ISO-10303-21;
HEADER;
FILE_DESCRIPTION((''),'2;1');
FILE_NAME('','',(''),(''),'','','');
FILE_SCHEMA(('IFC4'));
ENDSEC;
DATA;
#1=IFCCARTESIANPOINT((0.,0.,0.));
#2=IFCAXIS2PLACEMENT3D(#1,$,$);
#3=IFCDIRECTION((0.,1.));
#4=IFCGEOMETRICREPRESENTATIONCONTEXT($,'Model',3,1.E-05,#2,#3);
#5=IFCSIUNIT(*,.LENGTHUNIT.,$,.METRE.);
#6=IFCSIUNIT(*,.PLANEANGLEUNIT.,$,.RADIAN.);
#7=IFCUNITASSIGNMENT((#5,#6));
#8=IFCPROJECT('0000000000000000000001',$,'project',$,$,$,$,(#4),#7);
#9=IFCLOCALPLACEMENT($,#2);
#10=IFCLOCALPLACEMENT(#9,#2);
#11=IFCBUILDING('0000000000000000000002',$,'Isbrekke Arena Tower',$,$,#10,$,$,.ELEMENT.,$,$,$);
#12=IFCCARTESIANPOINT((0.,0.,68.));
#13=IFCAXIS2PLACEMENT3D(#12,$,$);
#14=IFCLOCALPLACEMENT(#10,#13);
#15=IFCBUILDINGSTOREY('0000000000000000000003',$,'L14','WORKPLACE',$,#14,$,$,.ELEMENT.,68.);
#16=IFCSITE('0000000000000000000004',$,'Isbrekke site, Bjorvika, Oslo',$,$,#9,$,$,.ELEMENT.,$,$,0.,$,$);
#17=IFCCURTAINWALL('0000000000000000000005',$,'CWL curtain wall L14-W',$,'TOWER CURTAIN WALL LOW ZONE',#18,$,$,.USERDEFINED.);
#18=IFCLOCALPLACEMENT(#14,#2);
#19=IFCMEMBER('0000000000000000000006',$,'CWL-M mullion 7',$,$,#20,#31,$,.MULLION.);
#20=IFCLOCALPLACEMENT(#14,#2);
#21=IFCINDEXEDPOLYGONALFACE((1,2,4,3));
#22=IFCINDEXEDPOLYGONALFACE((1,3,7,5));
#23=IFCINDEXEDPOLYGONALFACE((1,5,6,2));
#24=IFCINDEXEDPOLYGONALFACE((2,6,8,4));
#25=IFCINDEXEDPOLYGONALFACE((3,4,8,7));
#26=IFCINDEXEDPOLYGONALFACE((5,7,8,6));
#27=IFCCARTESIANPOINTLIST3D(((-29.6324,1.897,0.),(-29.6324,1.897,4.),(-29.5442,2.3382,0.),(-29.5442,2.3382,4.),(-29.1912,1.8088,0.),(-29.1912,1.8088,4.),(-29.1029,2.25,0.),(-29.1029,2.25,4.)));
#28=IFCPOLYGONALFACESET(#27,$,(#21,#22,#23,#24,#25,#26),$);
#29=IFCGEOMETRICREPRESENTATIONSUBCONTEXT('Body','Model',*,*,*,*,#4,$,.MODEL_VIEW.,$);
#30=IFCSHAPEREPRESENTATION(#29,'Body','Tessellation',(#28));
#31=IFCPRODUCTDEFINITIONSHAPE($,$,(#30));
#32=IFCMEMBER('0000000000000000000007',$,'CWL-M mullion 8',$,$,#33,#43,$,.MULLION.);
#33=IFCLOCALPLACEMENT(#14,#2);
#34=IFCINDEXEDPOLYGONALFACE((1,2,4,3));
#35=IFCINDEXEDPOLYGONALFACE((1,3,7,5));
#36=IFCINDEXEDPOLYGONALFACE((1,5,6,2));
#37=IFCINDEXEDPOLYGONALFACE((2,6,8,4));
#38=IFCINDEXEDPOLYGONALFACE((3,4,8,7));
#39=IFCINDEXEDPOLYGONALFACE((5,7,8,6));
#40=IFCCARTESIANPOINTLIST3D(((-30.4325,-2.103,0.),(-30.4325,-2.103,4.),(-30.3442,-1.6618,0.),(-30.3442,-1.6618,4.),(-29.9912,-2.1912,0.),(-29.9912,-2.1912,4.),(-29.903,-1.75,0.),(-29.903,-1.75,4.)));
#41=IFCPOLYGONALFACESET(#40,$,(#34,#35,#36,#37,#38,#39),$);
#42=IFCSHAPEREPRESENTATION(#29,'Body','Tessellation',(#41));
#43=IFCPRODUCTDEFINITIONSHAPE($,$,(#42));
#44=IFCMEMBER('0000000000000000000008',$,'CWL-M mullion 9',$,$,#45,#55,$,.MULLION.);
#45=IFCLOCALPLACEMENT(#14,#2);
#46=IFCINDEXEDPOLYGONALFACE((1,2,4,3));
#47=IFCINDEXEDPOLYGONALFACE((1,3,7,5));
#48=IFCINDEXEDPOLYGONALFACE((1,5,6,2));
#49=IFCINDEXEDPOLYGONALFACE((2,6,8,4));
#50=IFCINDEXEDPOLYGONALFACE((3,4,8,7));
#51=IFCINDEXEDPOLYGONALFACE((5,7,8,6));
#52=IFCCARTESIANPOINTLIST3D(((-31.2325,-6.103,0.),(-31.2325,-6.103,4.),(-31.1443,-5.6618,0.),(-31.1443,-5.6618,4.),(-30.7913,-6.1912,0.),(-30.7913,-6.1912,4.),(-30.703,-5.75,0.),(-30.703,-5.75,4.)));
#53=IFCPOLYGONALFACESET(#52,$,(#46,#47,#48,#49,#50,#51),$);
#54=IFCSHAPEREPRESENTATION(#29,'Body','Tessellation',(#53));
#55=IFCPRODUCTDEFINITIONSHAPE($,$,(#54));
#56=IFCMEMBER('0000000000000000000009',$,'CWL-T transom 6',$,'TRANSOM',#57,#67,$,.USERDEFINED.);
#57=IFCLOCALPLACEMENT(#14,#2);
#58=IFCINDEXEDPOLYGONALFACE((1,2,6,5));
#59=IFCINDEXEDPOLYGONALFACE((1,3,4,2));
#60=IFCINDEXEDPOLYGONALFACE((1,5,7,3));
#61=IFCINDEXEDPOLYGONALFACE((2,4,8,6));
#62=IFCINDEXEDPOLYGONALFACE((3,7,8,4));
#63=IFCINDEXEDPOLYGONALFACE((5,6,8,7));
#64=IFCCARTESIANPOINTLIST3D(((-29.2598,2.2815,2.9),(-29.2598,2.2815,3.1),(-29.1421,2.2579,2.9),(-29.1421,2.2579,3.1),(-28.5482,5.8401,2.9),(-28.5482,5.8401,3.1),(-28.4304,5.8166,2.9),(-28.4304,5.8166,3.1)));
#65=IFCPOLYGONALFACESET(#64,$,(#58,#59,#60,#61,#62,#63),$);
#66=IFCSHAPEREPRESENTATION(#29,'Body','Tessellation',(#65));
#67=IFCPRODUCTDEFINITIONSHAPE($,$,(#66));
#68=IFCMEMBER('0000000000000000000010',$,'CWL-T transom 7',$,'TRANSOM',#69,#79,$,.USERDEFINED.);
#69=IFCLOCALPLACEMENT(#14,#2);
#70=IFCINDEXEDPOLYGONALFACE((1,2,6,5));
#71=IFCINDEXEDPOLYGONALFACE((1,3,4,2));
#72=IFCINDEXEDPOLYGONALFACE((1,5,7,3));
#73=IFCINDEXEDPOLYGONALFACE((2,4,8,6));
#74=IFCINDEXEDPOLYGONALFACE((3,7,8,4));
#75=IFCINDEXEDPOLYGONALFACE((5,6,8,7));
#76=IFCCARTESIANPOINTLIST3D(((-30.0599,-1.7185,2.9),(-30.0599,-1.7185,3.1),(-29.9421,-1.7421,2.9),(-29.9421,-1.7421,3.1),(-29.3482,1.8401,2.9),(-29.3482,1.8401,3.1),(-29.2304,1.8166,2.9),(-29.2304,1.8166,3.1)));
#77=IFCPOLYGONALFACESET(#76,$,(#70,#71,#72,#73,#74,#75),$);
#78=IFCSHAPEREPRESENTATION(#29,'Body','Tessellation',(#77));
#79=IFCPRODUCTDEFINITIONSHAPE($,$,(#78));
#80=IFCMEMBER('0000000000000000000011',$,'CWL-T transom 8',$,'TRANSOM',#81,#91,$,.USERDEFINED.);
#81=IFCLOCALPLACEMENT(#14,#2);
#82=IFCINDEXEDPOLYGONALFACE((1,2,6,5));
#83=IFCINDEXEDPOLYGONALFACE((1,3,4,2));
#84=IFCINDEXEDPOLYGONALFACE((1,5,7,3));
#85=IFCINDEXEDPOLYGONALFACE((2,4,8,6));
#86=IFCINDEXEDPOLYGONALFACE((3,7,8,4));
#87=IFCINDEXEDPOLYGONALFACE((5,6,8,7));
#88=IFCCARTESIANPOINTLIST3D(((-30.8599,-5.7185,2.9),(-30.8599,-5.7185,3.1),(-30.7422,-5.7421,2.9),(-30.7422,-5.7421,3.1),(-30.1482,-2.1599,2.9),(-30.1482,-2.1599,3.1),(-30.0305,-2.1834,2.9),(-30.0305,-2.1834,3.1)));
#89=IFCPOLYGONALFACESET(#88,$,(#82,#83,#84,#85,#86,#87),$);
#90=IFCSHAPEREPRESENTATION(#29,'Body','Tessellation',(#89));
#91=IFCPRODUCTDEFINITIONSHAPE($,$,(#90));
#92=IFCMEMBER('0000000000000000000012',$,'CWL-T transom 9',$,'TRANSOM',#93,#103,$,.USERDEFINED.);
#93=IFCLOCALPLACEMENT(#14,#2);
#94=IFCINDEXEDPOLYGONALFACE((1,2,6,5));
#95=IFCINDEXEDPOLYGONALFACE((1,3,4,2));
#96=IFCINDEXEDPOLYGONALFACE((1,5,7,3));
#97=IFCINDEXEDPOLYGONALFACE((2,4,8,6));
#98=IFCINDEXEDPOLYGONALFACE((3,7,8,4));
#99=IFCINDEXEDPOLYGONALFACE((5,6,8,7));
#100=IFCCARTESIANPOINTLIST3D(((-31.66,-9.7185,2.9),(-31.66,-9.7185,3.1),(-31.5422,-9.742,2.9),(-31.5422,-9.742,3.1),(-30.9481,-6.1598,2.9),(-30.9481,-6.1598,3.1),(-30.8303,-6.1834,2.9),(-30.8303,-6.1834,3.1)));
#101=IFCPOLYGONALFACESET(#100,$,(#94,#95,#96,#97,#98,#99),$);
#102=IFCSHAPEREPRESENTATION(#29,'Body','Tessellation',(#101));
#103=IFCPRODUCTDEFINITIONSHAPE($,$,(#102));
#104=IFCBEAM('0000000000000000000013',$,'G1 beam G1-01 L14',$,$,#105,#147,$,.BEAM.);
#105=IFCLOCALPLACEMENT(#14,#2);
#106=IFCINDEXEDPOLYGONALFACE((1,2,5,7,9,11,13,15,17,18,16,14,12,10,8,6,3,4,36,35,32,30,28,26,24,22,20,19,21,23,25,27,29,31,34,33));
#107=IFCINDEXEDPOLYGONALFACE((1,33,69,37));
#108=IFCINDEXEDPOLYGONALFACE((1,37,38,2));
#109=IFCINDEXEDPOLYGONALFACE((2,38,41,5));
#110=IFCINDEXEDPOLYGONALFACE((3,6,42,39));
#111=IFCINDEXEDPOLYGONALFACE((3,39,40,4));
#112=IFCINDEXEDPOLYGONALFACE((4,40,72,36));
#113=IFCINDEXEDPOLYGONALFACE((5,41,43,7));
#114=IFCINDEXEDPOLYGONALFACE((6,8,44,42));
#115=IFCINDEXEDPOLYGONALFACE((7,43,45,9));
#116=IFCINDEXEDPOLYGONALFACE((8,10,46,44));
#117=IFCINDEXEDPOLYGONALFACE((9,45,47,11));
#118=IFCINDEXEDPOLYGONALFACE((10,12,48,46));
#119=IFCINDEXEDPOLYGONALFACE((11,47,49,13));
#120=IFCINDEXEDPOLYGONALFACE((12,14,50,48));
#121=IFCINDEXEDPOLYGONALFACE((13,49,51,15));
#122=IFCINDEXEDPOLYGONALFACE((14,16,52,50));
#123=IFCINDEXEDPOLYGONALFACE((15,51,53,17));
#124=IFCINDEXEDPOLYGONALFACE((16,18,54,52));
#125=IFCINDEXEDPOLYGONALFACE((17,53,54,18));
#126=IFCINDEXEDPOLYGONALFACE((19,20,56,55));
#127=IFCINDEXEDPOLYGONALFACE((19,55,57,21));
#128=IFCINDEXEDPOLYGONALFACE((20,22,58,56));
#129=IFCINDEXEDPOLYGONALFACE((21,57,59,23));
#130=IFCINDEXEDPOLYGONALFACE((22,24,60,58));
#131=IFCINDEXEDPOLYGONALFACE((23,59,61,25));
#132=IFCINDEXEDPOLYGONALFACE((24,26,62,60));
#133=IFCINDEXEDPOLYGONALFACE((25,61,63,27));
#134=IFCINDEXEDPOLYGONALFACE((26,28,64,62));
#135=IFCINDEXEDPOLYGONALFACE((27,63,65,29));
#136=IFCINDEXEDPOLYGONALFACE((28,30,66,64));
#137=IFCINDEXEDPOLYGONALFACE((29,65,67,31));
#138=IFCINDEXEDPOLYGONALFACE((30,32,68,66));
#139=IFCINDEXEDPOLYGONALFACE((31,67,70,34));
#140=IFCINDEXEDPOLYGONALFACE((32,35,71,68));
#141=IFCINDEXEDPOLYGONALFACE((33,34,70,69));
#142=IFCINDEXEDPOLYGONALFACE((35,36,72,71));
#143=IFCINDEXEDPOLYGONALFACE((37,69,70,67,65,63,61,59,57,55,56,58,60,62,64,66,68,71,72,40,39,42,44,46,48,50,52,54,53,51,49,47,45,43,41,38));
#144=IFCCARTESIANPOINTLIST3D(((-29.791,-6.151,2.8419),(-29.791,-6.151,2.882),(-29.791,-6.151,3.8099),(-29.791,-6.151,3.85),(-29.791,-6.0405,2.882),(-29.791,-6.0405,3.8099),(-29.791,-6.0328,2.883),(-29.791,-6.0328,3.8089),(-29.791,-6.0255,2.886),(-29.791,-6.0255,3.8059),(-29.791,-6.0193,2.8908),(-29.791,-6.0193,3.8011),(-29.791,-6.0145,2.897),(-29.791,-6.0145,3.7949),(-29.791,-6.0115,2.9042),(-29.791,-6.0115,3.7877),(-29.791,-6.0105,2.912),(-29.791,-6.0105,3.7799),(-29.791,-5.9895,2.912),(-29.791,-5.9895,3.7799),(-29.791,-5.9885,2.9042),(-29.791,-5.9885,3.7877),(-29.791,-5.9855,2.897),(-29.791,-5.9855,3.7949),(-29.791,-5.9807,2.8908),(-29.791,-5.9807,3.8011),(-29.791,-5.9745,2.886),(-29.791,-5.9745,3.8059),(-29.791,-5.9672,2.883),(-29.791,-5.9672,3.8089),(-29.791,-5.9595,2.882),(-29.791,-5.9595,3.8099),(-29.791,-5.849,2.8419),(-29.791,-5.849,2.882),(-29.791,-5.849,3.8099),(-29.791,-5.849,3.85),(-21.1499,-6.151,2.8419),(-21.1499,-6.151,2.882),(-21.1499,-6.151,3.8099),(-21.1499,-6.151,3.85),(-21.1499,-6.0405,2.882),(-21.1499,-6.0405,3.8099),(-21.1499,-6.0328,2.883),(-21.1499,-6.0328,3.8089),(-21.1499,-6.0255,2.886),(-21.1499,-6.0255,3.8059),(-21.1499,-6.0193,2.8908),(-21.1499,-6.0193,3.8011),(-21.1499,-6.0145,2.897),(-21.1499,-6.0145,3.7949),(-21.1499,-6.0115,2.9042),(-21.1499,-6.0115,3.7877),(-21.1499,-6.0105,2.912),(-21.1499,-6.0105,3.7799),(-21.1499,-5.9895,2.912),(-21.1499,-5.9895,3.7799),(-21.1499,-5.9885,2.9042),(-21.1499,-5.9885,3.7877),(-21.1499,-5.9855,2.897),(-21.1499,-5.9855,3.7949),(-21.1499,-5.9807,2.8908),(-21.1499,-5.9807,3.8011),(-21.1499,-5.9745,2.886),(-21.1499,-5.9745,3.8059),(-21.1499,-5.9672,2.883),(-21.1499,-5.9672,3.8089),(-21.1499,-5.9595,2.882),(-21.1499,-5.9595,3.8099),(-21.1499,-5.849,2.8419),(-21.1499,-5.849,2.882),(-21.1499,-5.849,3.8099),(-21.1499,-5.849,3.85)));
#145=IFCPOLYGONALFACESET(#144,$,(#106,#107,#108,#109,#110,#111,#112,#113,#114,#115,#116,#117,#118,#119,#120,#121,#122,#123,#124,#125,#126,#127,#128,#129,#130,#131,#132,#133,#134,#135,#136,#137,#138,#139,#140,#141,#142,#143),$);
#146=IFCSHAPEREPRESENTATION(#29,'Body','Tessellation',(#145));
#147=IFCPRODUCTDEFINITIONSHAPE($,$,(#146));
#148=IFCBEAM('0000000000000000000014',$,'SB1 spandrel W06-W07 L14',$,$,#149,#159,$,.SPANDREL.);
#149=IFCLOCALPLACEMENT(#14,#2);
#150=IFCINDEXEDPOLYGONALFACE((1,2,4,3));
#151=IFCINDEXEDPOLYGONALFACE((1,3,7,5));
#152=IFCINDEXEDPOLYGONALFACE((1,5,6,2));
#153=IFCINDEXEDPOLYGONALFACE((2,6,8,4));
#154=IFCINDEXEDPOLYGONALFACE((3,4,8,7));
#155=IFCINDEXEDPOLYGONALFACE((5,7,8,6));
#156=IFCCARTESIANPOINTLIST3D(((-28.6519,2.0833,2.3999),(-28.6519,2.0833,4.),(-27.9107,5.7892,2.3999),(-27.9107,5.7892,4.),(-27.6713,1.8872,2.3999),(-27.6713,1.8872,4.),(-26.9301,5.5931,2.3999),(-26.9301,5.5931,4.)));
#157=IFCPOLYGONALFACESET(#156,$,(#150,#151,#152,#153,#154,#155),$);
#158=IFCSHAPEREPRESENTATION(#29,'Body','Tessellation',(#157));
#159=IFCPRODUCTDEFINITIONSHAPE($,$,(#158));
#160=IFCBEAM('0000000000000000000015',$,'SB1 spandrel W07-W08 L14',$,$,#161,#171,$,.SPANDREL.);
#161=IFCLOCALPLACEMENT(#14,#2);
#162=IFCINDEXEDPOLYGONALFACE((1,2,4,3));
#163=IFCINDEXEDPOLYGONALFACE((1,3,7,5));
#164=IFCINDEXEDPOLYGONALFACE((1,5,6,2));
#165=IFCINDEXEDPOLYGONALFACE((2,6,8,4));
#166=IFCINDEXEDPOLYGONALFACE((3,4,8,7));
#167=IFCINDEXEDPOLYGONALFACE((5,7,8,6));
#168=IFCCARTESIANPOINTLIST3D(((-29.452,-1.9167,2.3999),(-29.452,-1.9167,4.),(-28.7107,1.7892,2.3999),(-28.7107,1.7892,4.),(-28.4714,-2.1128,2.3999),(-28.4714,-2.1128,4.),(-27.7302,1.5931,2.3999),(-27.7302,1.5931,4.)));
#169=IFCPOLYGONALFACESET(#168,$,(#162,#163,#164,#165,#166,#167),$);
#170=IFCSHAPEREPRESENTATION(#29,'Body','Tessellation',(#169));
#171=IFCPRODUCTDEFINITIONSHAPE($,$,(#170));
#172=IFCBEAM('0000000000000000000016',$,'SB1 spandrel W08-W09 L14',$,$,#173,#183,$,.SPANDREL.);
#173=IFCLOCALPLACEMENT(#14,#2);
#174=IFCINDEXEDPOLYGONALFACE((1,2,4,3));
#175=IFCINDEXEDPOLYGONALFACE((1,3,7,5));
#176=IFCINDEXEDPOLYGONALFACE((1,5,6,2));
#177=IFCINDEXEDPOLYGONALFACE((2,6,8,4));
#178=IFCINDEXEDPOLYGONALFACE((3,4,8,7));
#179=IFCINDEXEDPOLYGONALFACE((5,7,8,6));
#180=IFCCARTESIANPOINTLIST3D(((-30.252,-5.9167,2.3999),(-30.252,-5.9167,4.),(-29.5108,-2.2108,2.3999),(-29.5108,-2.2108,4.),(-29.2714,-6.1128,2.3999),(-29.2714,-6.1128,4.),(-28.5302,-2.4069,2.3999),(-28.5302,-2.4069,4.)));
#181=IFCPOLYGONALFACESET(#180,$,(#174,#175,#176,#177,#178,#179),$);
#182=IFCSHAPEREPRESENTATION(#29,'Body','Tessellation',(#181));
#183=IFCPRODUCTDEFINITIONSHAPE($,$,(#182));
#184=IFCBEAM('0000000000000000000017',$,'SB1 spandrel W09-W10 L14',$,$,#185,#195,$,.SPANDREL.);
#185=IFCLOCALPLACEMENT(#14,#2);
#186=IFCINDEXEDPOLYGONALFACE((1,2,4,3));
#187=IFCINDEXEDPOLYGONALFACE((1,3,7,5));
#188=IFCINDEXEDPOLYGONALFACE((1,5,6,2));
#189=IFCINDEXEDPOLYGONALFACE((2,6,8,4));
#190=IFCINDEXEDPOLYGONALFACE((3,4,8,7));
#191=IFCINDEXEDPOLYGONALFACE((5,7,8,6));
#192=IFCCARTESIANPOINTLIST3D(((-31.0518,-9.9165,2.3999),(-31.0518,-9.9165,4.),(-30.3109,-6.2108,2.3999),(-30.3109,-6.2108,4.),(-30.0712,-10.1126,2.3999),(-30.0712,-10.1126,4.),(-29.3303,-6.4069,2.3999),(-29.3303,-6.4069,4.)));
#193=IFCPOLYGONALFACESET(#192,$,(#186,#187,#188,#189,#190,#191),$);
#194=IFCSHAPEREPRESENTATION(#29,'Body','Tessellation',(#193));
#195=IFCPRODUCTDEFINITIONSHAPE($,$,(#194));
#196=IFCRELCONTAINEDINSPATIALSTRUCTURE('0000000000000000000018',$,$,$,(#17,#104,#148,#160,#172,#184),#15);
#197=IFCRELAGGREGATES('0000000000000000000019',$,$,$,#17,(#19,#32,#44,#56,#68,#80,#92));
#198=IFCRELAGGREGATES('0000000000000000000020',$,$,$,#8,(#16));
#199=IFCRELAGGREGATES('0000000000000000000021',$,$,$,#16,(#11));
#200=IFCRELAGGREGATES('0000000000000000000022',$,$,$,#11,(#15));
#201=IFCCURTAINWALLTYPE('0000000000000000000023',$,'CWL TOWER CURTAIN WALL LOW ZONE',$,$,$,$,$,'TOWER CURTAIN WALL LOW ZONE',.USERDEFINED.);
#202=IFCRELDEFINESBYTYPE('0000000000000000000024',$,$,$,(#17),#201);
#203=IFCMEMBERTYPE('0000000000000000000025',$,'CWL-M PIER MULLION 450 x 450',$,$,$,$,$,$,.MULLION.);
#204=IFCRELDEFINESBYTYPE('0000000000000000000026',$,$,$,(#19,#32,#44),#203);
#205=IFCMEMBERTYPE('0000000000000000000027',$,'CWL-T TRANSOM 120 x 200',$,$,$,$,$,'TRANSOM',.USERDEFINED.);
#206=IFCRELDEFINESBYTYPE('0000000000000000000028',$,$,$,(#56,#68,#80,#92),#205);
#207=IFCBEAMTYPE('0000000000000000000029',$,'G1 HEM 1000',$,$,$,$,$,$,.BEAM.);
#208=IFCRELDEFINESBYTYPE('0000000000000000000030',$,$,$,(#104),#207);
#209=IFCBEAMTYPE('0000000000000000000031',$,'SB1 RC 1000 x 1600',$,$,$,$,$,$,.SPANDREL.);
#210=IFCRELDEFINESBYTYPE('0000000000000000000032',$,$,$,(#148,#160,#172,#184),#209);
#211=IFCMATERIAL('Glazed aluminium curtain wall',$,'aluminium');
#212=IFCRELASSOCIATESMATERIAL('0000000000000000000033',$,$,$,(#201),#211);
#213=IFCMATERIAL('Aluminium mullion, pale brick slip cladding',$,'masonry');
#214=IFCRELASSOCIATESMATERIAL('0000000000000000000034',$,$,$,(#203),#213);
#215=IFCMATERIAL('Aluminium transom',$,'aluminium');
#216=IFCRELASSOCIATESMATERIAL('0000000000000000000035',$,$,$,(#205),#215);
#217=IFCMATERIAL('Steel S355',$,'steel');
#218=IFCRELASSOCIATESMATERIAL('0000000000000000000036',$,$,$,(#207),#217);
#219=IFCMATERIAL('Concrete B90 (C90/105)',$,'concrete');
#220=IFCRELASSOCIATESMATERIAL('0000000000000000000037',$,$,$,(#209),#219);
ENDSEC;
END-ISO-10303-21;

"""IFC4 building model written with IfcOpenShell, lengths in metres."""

from ifc_helpers import new_model, si_unit, direction, frame, origin, origin_2d, place, context, subcontext, project, spatial, rectangle, i_section, extrude, material, material_profile, profile_set, type_object, element, aggregate, save


model = new_model("IFC4")

# Units and contexts
model_context = context("Model", 3, precision=1e-05, world=origin(), true_north=direction((0.0, 1.0)))
body_context = subcontext(model_context, "Body", "Model", "MODEL_VIEW")
ifc_project = project(units=[si_unit("LENGTHUNIT", "METRE"), si_unit("PLANEANGLEUNIT", "RADIAN")], contexts=[model_context])

# Site, building, storey
site_placement = place(None, origin())
site = spatial("IfcSite", under=ifc_project, at=site_placement, Name="Isbrekke site, Bjorvika, Oslo", CompositionType="ELEMENT", RefElevation=0.0)
building_placement = place(site_placement, origin())
building = spatial("IfcBuilding", under=site, at=building_placement, Name="Isbrekke Arena Tower", CompositionType="ELEMENT")
storey_placement = place(building_placement, frame((0.0, 0.0, 68.0)))
storey = spatial("IfcBuildingStorey", under=building, at=storey_placement, Name="L14", Description="WORKPLACE", CompositionType="ELEMENT", Elevation=68.0)

# Curtain wall, members
ifc_material_1 = material(Name="Glazed aluminium curtain wall", Category="aluminium")
curtain_wall_type = type_object("IfcCurtainWallType", Name="CWL TOWER CURTAIN WALL LOW ZONE", ElementType="TOWER CURTAIN WALL LOW ZONE", PredefinedType="USERDEFINED", material=ifc_material_1)
curtain_wall_placement = place(storey_placement, origin())
curtain_wall = element("IfcCurtainWall", 1, at=curtain_wall_placement, inside=storey, type_object=curtain_wall_type, Name="CWL curtain wall L14-W", ObjectType="TOWER CURTAIN WALL LOW ZONE", PredefinedType="USERDEFINED")
ifc_material_2 = material(Name="Aluminium mullion, pale brick slip cladding", Category="masonry")
ifc_material_profile_1 = material_profile(ifc_material_2, rectangle(XDim=0.45, YDim=0.45, at=origin_2d()), Name="PIER 450X450")
ifc_profile_set_1 = profile_set([ifc_material_profile_1], Name="Aluminium mullion, pale brick slip cladding")
member_type_1 = type_object("IfcMemberType", Name="CWL-M PIER MULLION 450 x 450", PredefinedType="MULLION", material=ifc_profile_set_1)
member_1_placement = place(storey_placement, frame((-29.3677, 2.0735, 0.0), z_axis=(0.0, 0.0, 1.0), x_axis=(-0.196116, -0.980581, 0.0)))
member_1 = element("IfcMember", 2, at=member_1_placement, type_object=member_type_1, Name="CWL-M mullion 7", PredefinedType="MULLION", context=body_context, shape_type="SweptSolid", body=[
    extrude(rectangle(XDim=0.45, YDim=0.45, at=origin_2d()), origin(), (0.0, 0.0, 1.0), 4.0),
])
member_2_placement = place(storey_placement, frame((-30.1677, -1.9265, 0.0), z_axis=(0.0, 0.0, 1.0), x_axis=(-0.196116, -0.980581, 0.0)))
member_2 = element("IfcMember", 3, at=member_2_placement, type_object=member_type_1, Name="CWL-M mullion 8", PredefinedType="MULLION", context=body_context, shape_type="SweptSolid", body=[
    extrude(rectangle(XDim=0.45, YDim=0.45, at=origin_2d()), origin(), (0.0, 0.0, 1.0), 4.0),
])
member_3_placement = place(storey_placement, frame((-30.9678, -5.9265, 0.0), z_axis=(0.0, 0.0, 1.0), x_axis=(-0.196116, -0.980581, 0.0)))
member_3 = element("IfcMember", 4, at=member_3_placement, type_object=member_type_1, Name="CWL-M mullion 9", PredefinedType="MULLION", context=body_context, shape_type="SweptSolid", body=[
    extrude(rectangle(XDim=0.45, YDim=0.45, at=origin_2d()), origin(), (0.0, 0.0, 1.0), 4.0),
])
ifc_material_3 = material(Name="Aluminium transom", Category="aluminium")
ifc_material_profile_2 = material_profile(ifc_material_3, rectangle(XDim=0.1201, YDim=0.2, at=origin_2d()), Name="TRANSOM 120X200")
ifc_profile_set_2 = profile_set([ifc_material_profile_2], Name="Aluminium transom")
member_type_2 = type_object("IfcMemberType", Name="CWL-T TRANSOM 120 x 200", ElementType="TRANSOM", PredefinedType="USERDEFINED", material=ifc_profile_set_2)
member_4_placement = place(storey_placement, frame((-28.4893, 5.8284, 3.0), z_axis=(-0.196103, -0.980583, 0.0), x_axis=(0.980583, -0.196103, 0.0)))
member_4 = element("IfcMember", 5, at=member_4_placement, type_object=member_type_2, Name="CWL-T transom 6", ObjectType="TRANSOM", PredefinedType="USERDEFINED", context=body_context, shape_type="SweptSolid", body=[
    extrude(rectangle(XDim=0.1201, YDim=0.2, at=origin_2d()), origin(), (0.0, 0.0, 1.0), 3.6292),
])
member_5_placement = place(storey_placement, frame((-29.2893, 1.8284, 3.0), z_axis=(-0.196103, -0.980583, 0.0), x_axis=(0.980583, -0.196103, 0.0)))
member_5 = element("IfcMember", 6, at=member_5_placement, type_object=member_type_2, Name="CWL-T transom 7", ObjectType="TRANSOM", PredefinedType="USERDEFINED", context=body_context, shape_type="SweptSolid", body=[
    extrude(rectangle(XDim=0.1201, YDim=0.2, at=origin_2d()), origin(), (0.0, 0.0, 1.0), 3.6292),
])
member_6_placement = place(storey_placement, frame((-30.0894, -2.1716, 3.0), z_axis=(-0.196103, -0.980583, 0.0), x_axis=(0.980583, -0.196103, 0.0)))
member_6 = element("IfcMember", 7, at=member_6_placement, type_object=member_type_2, Name="CWL-T transom 8", ObjectType="TRANSOM", PredefinedType="USERDEFINED", context=body_context, shape_type="SweptSolid", body=[
    extrude(rectangle(XDim=0.1201, YDim=0.2, at=origin_2d()), origin(), (0.0, 0.0, 1.0), 3.6292),
])
member_7_placement = place(storey_placement, frame((-30.8892, -6.1716, 3.0), z_axis=(-0.196168, -0.98057, 0.0), x_axis=(0.98057, -0.196168, 0.0)))
member_7 = element("IfcMember", 8, at=member_7_placement, type_object=member_type_2, Name="CWL-T transom 9", ObjectType="TRANSOM", PredefinedType="USERDEFINED", context=body_context, shape_type="SweptSolid", body=[
    extrude(rectangle(XDim=0.1201, YDim=0.2, at=origin_2d()), origin(), (0.0, 0.0, 1.0), 3.6292),
])

# Beams
ifc_material_4 = material(Name="Steel S355", Category="steel")
ifc_material_profile_3 = material_profile(ifc_material_4, i_section(OverallWidth=0.302, OverallDepth=1.0081, WebThickness=0.021, FlangeThickness=0.04, FilletRadius=0.03, at=origin_2d()), Name="HEM 1000")
ifc_profile_set_3 = profile_set([ifc_material_profile_3], Name="Steel S355")
beam_type_1 = type_object("IfcBeamType", Name="G1 HEM 1000", PredefinedType="BEAM", material=ifc_profile_set_3)
beam_1_placement = place(storey_placement, frame((-29.791, -6.0, 3.3459), z_axis=(1.0, 0.0, 0.0), x_axis=(0.0, 1.0, 0.0)))
element("IfcBeam", 9, at=beam_1_placement, inside=storey, type_object=beam_type_1, Name="G1 beam G1-01 L14", PredefinedType="BEAM", context=body_context, shape_type="SweptSolid", body=[
    extrude(i_section(OverallWidth=0.302, OverallDepth=1.0081, WebThickness=0.021, FlangeThickness=0.04, FilletRadius=0.03, at=origin_2d()), origin(), (0.0, 0.0, 1.0), 8.6411),
])
ifc_material_5 = material(Name="Concrete B90 (C90/105)", Category="concrete")
ifc_material_profile_4 = material_profile(ifc_material_5, rectangle(XDim=1.0, YDim=1.6001, at=origin_2d()), Name="RC 1000x1600")
ifc_profile_set_4 = profile_set([ifc_material_profile_4], Name="Concrete B90 (C90/105)")
beam_type_2 = type_object("IfcBeamType", Name="SB1 RC 1000 x 1600", PredefinedType="SPANDREL", material=ifc_profile_set_4)
for number, where, z_axis, x_axis, name in (
    (10, (-27.4204, 5.6912, 3.2), (-0.196129, -0.980578, 0.0), (0.980578, -0.196129, 0.0), "SB1 spandrel W06-W07 L14"),
    (11, (-28.2205, 1.6912, 3.2), (-0.196129, -0.980578, 0.0), (0.980578, -0.196129, 0.0), "SB1 spandrel W07-W08 L14"),
    (12, (-29.0205, -2.3088, 3.2), (-0.196129, -0.980578, 0.0), (0.980578, -0.196129, 0.0), "SB1 spandrel W08-W09 L14"),
):
    element("IfcBeam", number, at=place(storey_placement, frame(where, z_axis=z_axis, x_axis=x_axis)), inside=storey, type_object=beam_type_2, Name=name, PredefinedType="SPANDREL", context=body_context, shape_type="SweptSolid", body=[
        extrude(rectangle(XDim=1.0, YDim=1.6001, at=origin_2d()), origin(), (0.0, 0.0, 1.0), 3.7793),
    ])
beam_2_placement = place(storey_placement, frame((-29.8206, -6.3088, 3.2), z_axis=(-0.196066, -0.980591, 0.0), x_axis=(0.980591, -0.196066, 0.0)))
element("IfcBeam", 13, at=beam_2_placement, inside=storey, type_object=beam_type_2, Name="SB1 spandrel W09-W10 L14", PredefinedType="SPANDREL", context=body_context, shape_type="SweptSolid", body=[
    extrude(rectangle(XDim=1.0, YDim=1.6001, at=origin_2d()), origin(), (0.0, 0.0, 1.0), 3.7791),
])

aggregate(curtain_wall, [member_1, member_2, member_3, member_4, member_5, member_6, member_7])

save(model, "model.ifc")
